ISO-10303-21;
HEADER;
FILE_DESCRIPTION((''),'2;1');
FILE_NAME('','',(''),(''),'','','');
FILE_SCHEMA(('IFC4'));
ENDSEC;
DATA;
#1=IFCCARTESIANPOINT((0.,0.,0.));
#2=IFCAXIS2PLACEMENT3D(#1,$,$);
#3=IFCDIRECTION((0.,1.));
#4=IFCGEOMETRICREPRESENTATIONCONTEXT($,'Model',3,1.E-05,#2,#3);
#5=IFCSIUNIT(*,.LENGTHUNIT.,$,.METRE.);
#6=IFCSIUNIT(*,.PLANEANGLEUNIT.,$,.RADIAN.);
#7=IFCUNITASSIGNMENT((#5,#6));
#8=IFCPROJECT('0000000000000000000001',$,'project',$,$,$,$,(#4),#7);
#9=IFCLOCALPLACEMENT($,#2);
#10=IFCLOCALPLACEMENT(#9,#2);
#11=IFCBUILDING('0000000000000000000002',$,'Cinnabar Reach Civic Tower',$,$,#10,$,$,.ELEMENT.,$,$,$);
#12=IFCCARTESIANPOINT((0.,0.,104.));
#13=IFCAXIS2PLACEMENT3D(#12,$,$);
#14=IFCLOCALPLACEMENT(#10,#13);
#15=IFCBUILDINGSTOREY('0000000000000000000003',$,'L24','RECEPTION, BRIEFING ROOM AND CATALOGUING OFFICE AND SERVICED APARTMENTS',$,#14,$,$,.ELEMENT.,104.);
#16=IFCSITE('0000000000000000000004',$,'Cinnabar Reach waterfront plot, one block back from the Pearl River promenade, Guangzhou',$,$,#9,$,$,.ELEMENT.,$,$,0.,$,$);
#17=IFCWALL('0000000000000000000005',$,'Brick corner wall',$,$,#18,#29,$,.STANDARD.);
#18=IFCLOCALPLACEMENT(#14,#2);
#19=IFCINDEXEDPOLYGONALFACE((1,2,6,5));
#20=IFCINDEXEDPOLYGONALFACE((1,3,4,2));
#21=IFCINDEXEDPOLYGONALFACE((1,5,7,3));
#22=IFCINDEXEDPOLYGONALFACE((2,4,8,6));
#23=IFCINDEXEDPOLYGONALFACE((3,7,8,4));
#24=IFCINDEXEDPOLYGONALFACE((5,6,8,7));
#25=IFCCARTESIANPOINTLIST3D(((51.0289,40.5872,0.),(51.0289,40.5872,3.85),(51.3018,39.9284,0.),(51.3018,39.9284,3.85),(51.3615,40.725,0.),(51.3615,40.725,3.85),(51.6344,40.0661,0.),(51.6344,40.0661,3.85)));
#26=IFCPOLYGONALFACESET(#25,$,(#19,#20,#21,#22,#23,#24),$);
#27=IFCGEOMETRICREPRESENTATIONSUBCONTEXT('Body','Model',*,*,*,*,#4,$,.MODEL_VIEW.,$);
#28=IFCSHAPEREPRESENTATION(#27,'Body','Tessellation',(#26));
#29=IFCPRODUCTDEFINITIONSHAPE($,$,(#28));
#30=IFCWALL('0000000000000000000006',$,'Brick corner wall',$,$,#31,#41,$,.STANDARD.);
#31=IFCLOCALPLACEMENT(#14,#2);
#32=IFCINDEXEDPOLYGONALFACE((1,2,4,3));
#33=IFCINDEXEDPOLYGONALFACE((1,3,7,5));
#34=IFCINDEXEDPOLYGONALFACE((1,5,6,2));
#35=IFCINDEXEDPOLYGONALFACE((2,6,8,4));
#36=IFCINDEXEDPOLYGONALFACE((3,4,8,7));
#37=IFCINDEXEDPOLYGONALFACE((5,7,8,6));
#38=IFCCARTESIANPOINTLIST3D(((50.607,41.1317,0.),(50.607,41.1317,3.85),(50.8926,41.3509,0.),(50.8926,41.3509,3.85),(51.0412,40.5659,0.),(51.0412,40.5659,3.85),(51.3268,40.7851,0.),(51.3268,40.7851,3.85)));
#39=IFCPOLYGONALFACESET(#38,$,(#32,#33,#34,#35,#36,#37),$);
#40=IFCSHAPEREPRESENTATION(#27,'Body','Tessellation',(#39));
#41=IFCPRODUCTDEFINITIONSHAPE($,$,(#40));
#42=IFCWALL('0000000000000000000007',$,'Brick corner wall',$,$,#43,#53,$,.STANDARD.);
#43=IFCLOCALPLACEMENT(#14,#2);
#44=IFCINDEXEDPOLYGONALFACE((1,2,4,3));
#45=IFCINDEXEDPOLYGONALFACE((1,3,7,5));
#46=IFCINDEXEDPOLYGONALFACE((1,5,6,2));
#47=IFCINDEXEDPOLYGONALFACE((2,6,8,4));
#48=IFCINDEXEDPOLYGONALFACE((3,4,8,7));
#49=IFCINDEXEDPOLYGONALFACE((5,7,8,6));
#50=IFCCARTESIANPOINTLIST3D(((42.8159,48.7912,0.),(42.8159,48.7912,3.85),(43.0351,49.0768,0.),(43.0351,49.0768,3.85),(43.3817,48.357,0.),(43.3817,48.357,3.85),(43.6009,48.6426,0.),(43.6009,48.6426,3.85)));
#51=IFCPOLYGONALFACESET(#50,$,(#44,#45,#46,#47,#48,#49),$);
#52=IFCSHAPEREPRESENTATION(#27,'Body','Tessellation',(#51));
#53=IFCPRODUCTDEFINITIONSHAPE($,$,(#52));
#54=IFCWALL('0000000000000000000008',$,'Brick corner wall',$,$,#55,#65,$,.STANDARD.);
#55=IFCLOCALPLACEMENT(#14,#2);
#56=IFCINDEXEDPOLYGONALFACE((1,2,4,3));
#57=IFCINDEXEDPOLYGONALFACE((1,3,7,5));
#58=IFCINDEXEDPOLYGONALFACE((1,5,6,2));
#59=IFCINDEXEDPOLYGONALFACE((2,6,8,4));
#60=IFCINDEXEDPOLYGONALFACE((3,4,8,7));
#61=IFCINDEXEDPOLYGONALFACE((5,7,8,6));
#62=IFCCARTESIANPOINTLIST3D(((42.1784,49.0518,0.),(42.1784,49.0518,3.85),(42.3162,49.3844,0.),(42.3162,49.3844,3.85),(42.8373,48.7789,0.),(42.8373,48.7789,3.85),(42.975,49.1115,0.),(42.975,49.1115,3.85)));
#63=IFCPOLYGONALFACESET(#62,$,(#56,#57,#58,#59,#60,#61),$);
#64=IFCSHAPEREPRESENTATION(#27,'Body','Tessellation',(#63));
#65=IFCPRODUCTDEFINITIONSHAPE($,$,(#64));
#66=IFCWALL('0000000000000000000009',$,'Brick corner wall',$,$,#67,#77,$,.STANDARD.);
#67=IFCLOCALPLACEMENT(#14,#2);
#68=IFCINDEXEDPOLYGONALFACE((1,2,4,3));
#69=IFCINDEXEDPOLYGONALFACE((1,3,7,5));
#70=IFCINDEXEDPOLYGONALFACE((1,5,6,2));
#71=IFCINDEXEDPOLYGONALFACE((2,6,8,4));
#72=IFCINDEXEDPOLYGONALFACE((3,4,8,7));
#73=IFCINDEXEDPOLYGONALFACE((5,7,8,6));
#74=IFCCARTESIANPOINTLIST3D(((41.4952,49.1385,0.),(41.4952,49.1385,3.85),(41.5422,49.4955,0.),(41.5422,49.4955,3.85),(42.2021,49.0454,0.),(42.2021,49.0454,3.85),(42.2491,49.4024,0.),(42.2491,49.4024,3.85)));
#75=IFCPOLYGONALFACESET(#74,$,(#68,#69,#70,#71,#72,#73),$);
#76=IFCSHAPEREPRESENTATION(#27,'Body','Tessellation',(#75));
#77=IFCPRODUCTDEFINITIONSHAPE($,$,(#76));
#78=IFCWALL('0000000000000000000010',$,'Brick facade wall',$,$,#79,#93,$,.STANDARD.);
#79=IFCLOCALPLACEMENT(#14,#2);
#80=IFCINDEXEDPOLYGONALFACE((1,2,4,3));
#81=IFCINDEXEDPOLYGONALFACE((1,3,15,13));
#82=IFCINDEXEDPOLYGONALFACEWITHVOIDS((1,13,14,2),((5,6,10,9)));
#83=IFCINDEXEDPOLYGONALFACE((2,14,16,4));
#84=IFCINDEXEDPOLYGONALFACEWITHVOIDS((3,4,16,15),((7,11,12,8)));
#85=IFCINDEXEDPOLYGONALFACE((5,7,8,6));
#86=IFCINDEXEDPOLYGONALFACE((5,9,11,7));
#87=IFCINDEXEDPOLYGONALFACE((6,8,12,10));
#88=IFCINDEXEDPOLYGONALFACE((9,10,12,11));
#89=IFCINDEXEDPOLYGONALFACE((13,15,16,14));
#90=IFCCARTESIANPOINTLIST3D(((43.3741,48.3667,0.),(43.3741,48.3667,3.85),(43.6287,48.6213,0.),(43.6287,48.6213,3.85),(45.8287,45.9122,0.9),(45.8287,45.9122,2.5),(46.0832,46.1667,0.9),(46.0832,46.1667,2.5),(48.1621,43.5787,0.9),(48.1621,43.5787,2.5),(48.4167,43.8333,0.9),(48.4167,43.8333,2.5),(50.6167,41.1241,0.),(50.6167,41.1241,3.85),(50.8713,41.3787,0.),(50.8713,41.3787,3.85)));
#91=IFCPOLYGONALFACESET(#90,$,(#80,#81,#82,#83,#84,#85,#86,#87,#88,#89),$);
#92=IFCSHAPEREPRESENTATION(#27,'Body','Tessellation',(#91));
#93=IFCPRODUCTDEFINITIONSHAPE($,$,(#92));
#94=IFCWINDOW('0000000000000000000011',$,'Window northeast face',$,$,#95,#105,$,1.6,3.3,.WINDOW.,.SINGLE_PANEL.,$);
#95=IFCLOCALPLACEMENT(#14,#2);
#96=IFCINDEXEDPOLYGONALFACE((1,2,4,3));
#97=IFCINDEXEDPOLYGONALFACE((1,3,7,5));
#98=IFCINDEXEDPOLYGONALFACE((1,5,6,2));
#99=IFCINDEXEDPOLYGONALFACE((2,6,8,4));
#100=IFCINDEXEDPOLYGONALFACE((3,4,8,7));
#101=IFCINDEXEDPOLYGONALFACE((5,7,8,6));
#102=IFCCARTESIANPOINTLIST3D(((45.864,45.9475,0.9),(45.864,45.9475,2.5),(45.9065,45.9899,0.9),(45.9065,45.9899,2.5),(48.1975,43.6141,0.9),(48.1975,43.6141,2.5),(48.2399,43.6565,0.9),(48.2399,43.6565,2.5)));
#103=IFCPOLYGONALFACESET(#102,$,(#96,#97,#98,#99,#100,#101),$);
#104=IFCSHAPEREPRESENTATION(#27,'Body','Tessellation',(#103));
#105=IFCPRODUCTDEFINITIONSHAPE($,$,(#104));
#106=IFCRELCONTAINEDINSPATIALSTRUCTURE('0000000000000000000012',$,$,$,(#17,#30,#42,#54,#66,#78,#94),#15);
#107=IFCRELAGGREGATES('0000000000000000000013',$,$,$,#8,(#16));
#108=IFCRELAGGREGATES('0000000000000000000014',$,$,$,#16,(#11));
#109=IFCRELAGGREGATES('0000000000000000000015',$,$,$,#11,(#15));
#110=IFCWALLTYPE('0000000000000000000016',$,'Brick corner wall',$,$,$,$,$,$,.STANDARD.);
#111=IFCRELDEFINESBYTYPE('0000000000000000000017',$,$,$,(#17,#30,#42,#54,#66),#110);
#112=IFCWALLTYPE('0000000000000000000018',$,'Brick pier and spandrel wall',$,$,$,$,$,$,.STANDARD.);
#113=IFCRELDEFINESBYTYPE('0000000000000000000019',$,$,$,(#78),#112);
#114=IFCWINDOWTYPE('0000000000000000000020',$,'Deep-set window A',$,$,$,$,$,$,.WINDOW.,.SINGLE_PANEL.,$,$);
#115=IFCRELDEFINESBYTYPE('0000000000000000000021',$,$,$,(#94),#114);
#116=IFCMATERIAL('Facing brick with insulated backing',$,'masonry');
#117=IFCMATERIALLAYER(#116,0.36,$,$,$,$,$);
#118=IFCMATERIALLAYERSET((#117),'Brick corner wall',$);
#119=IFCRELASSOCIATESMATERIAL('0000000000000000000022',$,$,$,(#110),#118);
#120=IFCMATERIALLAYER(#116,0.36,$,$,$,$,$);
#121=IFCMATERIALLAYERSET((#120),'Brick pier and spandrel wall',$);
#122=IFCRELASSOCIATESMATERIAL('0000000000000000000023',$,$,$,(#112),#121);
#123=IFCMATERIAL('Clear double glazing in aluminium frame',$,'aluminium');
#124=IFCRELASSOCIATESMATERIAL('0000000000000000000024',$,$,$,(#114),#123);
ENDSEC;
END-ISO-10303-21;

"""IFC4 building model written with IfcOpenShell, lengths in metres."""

from ifc_helpers import new_model, si_unit, direction, frame, frame_2d, origin, place, context, subcontext, project, spatial, rectangle, extrude, material, layer, layer_set, type_object, element, fill, save


model = new_model("IFC4")

# Units and contexts
model_context = context("Model", 3, precision=1e-05, world=origin(), true_north=direction((0.0, 1.0)))
body_context = subcontext(model_context, "Body", "Model", "MODEL_VIEW")
ifc_project = project(units=[si_unit("LENGTHUNIT", "METRE"), si_unit("PLANEANGLEUNIT", "RADIAN")], contexts=[model_context])

# Site, building, storey
site_placement = place(None, origin())
site = spatial("IfcSite", under=ifc_project, at=site_placement, Name="Cinnabar Reach waterfront plot, one block back from the Pearl River promenade, Guangzhou", CompositionType="ELEMENT", RefElevation=0.0)
building_placement = place(site_placement, origin())
building = spatial("IfcBuilding", under=site, at=building_placement, Name="Cinnabar Reach Civic Tower", CompositionType="ELEMENT")
storey_placement = place(building_placement, frame((0.0, 0.0, 104.0)))
storey = spatial("IfcBuildingStorey", under=building, at=storey_placement, Name="L24", Description="RECEPTION, BRIEFING ROOM AND CATALOGUING OFFICE AND SERVICED APARTMENTS", CompositionType="ELEMENT", Elevation=104.0)

# Walls
ifc_material_1 = material(Name="Facing brick with insulated backing", Category="masonry")
ifc_layer_1 = layer(ifc_material_1, 0.36)
ifc_layer_set_1 = layer_set([ifc_layer_1], Name="Brick corner wall")
wall_type_1 = type_object("IfcWallType", Name="Brick corner wall", PredefinedType="STANDARD", material=ifc_layer_set_1)
wall_1_placement = place(storey_placement, frame((51.4681, 39.9973, 0.0), z_axis=(0.0, 0.0, 1.0), x_axis=(-0.382703, 0.923872, 0.0)))
element("IfcWall", 1, at=wall_1_placement, inside=storey, type_object=wall_type_1, Name="Brick corner wall", PredefinedType="STANDARD", context=body_context, shape_type="SweptSolid", body=[
    extrude(rectangle(XDim=0.7131, YDim=0.36, at=frame_2d((0.3565, 0.0))), origin(), (0.0, 0.0, 1.0), 3.85),
])
for number, where, z_axis, x_axis, name in (
    (2, (51.184, 40.6755, 0.0), (0.0, 0.0, 1.0), (-0.608802, 0.793322, 0.0), "Brick corner wall"),
    (3, (43.4913, 48.4998, 0.0), (0.0, 0.0, 1.0), (-0.793322, 0.608802, 0.0), "Brick corner wall"),
):
    element("IfcWall", number, at=place(storey_placement, frame(where, z_axis=z_axis, x_axis=x_axis)), inside=storey, type_object=wall_type_1, Name=name, PredefinedType="STANDARD", context=body_context, shape_type="SweptSolid", body=[
        extrude(rectangle(XDim=0.7132, YDim=0.36, at=frame_2d((0.3566, 0.0))), origin(), (0.0, 0.0, 1.0), 3.85),
    ])
for number, where, z_axis, x_axis, name in (
    (4, (42.9061, 48.9452, 0.0), (0.0, 0.0, 1.0), (-0.923872, 0.382703, 0.0), "Brick corner wall"),
    (5, (42.2256, 49.2239, 0.0), (0.0, 0.0, 1.0), (-0.991441, 0.130556, 0.0), "Brick corner wall"),
):
    element("IfcWall", number, at=place(storey_placement, frame(where, z_axis=z_axis, x_axis=x_axis)), inside=storey, type_object=wall_type_1, Name=name, PredefinedType="STANDARD", context=body_context, shape_type="SweptSolid", body=[
        extrude(rectangle(XDim=0.7131, YDim=0.36, at=frame_2d((0.3565, 0.0))), origin(), (0.0, 0.0, 1.0), 3.85),
    ])

# Wall, opening, window
ifc_layer_2 = layer(ifc_material_1, 0.36)
ifc_layer_set_2 = layer_set([ifc_layer_2], Name="Brick pier and spandrel wall")
wall_type_2 = type_object("IfcWallType", Name="Brick pier and spandrel wall", PredefinedType="STANDARD", material=ifc_layer_set_2)
wall_2_placement = place(storey_placement, frame((50.744, 41.2514, 0.0), z_axis=(0.0, 0.0, 1.0), x_axis=(-0.707107, 0.707107, 0.0)))
wall_2 = element("IfcWall", 6, at=wall_2_placement, inside=storey, type_object=wall_type_2, Name="Brick facade wall", PredefinedType="STANDARD", context=body_context, shape_type="SweptSolid", body=[
    extrude(rectangle(XDim=10.2426, YDim=0.36, at=frame_2d((5.1213, 0.0))), origin(), (0.0, 0.0, 1.0), 3.85),
])
opening_1_placement = place(wall_2_placement, frame((3.4713, 0.0, 0.9)))
opening_1 = element("IfcOpeningElement", 7, at=opening_1_placement, cuts=wall_2, PredefinedType="OPENING", context=body_context, shape_type="SweptSolid", body=[
    extrude(rectangle(XDim=3.3, YDim=1.6, at=frame_2d((1.65, 0.8))), frame((0.0, 0.19, 0.0), z_axis=(0.0, -1.0, 0.0), x_axis=(1.0, 0.0, 0.0)), (0.0, 0.0, 1.0), 0.38),
])
ifc_material_2 = material(Name="Clear double glazing in aluminium frame", Category="aluminium")
window_type_1 = type_object("IfcWindowType", Name="Deep-set window A", PartitioningType="SINGLE_PANEL", PredefinedType="WINDOW", material=ifc_material_2)
window_1_placement = place(opening_1_placement, origin())
window_1 = element("IfcWindow", 8, at=window_1_placement, inside=storey, type_object=window_type_1, Name="Window northeast face", OverallHeight=1.6, OverallWidth=3.3, PartitioningType="SINGLE_PANEL", PredefinedType="WINDOW", context=body_context, shape_type="SweptSolid", body=[
    extrude(rectangle(XDim=3.3, YDim=1.6, at=frame_2d((1.65, 0.8))), frame((0.0, 0.13, 0.0), z_axis=(0.0, -1.0, 0.0), x_axis=(1.0, 0.0, 0.0)), (0.0, 0.0, 1.0), 0.06),
])
fill(opening_1, window_1)

save(model, "model.ifc")
